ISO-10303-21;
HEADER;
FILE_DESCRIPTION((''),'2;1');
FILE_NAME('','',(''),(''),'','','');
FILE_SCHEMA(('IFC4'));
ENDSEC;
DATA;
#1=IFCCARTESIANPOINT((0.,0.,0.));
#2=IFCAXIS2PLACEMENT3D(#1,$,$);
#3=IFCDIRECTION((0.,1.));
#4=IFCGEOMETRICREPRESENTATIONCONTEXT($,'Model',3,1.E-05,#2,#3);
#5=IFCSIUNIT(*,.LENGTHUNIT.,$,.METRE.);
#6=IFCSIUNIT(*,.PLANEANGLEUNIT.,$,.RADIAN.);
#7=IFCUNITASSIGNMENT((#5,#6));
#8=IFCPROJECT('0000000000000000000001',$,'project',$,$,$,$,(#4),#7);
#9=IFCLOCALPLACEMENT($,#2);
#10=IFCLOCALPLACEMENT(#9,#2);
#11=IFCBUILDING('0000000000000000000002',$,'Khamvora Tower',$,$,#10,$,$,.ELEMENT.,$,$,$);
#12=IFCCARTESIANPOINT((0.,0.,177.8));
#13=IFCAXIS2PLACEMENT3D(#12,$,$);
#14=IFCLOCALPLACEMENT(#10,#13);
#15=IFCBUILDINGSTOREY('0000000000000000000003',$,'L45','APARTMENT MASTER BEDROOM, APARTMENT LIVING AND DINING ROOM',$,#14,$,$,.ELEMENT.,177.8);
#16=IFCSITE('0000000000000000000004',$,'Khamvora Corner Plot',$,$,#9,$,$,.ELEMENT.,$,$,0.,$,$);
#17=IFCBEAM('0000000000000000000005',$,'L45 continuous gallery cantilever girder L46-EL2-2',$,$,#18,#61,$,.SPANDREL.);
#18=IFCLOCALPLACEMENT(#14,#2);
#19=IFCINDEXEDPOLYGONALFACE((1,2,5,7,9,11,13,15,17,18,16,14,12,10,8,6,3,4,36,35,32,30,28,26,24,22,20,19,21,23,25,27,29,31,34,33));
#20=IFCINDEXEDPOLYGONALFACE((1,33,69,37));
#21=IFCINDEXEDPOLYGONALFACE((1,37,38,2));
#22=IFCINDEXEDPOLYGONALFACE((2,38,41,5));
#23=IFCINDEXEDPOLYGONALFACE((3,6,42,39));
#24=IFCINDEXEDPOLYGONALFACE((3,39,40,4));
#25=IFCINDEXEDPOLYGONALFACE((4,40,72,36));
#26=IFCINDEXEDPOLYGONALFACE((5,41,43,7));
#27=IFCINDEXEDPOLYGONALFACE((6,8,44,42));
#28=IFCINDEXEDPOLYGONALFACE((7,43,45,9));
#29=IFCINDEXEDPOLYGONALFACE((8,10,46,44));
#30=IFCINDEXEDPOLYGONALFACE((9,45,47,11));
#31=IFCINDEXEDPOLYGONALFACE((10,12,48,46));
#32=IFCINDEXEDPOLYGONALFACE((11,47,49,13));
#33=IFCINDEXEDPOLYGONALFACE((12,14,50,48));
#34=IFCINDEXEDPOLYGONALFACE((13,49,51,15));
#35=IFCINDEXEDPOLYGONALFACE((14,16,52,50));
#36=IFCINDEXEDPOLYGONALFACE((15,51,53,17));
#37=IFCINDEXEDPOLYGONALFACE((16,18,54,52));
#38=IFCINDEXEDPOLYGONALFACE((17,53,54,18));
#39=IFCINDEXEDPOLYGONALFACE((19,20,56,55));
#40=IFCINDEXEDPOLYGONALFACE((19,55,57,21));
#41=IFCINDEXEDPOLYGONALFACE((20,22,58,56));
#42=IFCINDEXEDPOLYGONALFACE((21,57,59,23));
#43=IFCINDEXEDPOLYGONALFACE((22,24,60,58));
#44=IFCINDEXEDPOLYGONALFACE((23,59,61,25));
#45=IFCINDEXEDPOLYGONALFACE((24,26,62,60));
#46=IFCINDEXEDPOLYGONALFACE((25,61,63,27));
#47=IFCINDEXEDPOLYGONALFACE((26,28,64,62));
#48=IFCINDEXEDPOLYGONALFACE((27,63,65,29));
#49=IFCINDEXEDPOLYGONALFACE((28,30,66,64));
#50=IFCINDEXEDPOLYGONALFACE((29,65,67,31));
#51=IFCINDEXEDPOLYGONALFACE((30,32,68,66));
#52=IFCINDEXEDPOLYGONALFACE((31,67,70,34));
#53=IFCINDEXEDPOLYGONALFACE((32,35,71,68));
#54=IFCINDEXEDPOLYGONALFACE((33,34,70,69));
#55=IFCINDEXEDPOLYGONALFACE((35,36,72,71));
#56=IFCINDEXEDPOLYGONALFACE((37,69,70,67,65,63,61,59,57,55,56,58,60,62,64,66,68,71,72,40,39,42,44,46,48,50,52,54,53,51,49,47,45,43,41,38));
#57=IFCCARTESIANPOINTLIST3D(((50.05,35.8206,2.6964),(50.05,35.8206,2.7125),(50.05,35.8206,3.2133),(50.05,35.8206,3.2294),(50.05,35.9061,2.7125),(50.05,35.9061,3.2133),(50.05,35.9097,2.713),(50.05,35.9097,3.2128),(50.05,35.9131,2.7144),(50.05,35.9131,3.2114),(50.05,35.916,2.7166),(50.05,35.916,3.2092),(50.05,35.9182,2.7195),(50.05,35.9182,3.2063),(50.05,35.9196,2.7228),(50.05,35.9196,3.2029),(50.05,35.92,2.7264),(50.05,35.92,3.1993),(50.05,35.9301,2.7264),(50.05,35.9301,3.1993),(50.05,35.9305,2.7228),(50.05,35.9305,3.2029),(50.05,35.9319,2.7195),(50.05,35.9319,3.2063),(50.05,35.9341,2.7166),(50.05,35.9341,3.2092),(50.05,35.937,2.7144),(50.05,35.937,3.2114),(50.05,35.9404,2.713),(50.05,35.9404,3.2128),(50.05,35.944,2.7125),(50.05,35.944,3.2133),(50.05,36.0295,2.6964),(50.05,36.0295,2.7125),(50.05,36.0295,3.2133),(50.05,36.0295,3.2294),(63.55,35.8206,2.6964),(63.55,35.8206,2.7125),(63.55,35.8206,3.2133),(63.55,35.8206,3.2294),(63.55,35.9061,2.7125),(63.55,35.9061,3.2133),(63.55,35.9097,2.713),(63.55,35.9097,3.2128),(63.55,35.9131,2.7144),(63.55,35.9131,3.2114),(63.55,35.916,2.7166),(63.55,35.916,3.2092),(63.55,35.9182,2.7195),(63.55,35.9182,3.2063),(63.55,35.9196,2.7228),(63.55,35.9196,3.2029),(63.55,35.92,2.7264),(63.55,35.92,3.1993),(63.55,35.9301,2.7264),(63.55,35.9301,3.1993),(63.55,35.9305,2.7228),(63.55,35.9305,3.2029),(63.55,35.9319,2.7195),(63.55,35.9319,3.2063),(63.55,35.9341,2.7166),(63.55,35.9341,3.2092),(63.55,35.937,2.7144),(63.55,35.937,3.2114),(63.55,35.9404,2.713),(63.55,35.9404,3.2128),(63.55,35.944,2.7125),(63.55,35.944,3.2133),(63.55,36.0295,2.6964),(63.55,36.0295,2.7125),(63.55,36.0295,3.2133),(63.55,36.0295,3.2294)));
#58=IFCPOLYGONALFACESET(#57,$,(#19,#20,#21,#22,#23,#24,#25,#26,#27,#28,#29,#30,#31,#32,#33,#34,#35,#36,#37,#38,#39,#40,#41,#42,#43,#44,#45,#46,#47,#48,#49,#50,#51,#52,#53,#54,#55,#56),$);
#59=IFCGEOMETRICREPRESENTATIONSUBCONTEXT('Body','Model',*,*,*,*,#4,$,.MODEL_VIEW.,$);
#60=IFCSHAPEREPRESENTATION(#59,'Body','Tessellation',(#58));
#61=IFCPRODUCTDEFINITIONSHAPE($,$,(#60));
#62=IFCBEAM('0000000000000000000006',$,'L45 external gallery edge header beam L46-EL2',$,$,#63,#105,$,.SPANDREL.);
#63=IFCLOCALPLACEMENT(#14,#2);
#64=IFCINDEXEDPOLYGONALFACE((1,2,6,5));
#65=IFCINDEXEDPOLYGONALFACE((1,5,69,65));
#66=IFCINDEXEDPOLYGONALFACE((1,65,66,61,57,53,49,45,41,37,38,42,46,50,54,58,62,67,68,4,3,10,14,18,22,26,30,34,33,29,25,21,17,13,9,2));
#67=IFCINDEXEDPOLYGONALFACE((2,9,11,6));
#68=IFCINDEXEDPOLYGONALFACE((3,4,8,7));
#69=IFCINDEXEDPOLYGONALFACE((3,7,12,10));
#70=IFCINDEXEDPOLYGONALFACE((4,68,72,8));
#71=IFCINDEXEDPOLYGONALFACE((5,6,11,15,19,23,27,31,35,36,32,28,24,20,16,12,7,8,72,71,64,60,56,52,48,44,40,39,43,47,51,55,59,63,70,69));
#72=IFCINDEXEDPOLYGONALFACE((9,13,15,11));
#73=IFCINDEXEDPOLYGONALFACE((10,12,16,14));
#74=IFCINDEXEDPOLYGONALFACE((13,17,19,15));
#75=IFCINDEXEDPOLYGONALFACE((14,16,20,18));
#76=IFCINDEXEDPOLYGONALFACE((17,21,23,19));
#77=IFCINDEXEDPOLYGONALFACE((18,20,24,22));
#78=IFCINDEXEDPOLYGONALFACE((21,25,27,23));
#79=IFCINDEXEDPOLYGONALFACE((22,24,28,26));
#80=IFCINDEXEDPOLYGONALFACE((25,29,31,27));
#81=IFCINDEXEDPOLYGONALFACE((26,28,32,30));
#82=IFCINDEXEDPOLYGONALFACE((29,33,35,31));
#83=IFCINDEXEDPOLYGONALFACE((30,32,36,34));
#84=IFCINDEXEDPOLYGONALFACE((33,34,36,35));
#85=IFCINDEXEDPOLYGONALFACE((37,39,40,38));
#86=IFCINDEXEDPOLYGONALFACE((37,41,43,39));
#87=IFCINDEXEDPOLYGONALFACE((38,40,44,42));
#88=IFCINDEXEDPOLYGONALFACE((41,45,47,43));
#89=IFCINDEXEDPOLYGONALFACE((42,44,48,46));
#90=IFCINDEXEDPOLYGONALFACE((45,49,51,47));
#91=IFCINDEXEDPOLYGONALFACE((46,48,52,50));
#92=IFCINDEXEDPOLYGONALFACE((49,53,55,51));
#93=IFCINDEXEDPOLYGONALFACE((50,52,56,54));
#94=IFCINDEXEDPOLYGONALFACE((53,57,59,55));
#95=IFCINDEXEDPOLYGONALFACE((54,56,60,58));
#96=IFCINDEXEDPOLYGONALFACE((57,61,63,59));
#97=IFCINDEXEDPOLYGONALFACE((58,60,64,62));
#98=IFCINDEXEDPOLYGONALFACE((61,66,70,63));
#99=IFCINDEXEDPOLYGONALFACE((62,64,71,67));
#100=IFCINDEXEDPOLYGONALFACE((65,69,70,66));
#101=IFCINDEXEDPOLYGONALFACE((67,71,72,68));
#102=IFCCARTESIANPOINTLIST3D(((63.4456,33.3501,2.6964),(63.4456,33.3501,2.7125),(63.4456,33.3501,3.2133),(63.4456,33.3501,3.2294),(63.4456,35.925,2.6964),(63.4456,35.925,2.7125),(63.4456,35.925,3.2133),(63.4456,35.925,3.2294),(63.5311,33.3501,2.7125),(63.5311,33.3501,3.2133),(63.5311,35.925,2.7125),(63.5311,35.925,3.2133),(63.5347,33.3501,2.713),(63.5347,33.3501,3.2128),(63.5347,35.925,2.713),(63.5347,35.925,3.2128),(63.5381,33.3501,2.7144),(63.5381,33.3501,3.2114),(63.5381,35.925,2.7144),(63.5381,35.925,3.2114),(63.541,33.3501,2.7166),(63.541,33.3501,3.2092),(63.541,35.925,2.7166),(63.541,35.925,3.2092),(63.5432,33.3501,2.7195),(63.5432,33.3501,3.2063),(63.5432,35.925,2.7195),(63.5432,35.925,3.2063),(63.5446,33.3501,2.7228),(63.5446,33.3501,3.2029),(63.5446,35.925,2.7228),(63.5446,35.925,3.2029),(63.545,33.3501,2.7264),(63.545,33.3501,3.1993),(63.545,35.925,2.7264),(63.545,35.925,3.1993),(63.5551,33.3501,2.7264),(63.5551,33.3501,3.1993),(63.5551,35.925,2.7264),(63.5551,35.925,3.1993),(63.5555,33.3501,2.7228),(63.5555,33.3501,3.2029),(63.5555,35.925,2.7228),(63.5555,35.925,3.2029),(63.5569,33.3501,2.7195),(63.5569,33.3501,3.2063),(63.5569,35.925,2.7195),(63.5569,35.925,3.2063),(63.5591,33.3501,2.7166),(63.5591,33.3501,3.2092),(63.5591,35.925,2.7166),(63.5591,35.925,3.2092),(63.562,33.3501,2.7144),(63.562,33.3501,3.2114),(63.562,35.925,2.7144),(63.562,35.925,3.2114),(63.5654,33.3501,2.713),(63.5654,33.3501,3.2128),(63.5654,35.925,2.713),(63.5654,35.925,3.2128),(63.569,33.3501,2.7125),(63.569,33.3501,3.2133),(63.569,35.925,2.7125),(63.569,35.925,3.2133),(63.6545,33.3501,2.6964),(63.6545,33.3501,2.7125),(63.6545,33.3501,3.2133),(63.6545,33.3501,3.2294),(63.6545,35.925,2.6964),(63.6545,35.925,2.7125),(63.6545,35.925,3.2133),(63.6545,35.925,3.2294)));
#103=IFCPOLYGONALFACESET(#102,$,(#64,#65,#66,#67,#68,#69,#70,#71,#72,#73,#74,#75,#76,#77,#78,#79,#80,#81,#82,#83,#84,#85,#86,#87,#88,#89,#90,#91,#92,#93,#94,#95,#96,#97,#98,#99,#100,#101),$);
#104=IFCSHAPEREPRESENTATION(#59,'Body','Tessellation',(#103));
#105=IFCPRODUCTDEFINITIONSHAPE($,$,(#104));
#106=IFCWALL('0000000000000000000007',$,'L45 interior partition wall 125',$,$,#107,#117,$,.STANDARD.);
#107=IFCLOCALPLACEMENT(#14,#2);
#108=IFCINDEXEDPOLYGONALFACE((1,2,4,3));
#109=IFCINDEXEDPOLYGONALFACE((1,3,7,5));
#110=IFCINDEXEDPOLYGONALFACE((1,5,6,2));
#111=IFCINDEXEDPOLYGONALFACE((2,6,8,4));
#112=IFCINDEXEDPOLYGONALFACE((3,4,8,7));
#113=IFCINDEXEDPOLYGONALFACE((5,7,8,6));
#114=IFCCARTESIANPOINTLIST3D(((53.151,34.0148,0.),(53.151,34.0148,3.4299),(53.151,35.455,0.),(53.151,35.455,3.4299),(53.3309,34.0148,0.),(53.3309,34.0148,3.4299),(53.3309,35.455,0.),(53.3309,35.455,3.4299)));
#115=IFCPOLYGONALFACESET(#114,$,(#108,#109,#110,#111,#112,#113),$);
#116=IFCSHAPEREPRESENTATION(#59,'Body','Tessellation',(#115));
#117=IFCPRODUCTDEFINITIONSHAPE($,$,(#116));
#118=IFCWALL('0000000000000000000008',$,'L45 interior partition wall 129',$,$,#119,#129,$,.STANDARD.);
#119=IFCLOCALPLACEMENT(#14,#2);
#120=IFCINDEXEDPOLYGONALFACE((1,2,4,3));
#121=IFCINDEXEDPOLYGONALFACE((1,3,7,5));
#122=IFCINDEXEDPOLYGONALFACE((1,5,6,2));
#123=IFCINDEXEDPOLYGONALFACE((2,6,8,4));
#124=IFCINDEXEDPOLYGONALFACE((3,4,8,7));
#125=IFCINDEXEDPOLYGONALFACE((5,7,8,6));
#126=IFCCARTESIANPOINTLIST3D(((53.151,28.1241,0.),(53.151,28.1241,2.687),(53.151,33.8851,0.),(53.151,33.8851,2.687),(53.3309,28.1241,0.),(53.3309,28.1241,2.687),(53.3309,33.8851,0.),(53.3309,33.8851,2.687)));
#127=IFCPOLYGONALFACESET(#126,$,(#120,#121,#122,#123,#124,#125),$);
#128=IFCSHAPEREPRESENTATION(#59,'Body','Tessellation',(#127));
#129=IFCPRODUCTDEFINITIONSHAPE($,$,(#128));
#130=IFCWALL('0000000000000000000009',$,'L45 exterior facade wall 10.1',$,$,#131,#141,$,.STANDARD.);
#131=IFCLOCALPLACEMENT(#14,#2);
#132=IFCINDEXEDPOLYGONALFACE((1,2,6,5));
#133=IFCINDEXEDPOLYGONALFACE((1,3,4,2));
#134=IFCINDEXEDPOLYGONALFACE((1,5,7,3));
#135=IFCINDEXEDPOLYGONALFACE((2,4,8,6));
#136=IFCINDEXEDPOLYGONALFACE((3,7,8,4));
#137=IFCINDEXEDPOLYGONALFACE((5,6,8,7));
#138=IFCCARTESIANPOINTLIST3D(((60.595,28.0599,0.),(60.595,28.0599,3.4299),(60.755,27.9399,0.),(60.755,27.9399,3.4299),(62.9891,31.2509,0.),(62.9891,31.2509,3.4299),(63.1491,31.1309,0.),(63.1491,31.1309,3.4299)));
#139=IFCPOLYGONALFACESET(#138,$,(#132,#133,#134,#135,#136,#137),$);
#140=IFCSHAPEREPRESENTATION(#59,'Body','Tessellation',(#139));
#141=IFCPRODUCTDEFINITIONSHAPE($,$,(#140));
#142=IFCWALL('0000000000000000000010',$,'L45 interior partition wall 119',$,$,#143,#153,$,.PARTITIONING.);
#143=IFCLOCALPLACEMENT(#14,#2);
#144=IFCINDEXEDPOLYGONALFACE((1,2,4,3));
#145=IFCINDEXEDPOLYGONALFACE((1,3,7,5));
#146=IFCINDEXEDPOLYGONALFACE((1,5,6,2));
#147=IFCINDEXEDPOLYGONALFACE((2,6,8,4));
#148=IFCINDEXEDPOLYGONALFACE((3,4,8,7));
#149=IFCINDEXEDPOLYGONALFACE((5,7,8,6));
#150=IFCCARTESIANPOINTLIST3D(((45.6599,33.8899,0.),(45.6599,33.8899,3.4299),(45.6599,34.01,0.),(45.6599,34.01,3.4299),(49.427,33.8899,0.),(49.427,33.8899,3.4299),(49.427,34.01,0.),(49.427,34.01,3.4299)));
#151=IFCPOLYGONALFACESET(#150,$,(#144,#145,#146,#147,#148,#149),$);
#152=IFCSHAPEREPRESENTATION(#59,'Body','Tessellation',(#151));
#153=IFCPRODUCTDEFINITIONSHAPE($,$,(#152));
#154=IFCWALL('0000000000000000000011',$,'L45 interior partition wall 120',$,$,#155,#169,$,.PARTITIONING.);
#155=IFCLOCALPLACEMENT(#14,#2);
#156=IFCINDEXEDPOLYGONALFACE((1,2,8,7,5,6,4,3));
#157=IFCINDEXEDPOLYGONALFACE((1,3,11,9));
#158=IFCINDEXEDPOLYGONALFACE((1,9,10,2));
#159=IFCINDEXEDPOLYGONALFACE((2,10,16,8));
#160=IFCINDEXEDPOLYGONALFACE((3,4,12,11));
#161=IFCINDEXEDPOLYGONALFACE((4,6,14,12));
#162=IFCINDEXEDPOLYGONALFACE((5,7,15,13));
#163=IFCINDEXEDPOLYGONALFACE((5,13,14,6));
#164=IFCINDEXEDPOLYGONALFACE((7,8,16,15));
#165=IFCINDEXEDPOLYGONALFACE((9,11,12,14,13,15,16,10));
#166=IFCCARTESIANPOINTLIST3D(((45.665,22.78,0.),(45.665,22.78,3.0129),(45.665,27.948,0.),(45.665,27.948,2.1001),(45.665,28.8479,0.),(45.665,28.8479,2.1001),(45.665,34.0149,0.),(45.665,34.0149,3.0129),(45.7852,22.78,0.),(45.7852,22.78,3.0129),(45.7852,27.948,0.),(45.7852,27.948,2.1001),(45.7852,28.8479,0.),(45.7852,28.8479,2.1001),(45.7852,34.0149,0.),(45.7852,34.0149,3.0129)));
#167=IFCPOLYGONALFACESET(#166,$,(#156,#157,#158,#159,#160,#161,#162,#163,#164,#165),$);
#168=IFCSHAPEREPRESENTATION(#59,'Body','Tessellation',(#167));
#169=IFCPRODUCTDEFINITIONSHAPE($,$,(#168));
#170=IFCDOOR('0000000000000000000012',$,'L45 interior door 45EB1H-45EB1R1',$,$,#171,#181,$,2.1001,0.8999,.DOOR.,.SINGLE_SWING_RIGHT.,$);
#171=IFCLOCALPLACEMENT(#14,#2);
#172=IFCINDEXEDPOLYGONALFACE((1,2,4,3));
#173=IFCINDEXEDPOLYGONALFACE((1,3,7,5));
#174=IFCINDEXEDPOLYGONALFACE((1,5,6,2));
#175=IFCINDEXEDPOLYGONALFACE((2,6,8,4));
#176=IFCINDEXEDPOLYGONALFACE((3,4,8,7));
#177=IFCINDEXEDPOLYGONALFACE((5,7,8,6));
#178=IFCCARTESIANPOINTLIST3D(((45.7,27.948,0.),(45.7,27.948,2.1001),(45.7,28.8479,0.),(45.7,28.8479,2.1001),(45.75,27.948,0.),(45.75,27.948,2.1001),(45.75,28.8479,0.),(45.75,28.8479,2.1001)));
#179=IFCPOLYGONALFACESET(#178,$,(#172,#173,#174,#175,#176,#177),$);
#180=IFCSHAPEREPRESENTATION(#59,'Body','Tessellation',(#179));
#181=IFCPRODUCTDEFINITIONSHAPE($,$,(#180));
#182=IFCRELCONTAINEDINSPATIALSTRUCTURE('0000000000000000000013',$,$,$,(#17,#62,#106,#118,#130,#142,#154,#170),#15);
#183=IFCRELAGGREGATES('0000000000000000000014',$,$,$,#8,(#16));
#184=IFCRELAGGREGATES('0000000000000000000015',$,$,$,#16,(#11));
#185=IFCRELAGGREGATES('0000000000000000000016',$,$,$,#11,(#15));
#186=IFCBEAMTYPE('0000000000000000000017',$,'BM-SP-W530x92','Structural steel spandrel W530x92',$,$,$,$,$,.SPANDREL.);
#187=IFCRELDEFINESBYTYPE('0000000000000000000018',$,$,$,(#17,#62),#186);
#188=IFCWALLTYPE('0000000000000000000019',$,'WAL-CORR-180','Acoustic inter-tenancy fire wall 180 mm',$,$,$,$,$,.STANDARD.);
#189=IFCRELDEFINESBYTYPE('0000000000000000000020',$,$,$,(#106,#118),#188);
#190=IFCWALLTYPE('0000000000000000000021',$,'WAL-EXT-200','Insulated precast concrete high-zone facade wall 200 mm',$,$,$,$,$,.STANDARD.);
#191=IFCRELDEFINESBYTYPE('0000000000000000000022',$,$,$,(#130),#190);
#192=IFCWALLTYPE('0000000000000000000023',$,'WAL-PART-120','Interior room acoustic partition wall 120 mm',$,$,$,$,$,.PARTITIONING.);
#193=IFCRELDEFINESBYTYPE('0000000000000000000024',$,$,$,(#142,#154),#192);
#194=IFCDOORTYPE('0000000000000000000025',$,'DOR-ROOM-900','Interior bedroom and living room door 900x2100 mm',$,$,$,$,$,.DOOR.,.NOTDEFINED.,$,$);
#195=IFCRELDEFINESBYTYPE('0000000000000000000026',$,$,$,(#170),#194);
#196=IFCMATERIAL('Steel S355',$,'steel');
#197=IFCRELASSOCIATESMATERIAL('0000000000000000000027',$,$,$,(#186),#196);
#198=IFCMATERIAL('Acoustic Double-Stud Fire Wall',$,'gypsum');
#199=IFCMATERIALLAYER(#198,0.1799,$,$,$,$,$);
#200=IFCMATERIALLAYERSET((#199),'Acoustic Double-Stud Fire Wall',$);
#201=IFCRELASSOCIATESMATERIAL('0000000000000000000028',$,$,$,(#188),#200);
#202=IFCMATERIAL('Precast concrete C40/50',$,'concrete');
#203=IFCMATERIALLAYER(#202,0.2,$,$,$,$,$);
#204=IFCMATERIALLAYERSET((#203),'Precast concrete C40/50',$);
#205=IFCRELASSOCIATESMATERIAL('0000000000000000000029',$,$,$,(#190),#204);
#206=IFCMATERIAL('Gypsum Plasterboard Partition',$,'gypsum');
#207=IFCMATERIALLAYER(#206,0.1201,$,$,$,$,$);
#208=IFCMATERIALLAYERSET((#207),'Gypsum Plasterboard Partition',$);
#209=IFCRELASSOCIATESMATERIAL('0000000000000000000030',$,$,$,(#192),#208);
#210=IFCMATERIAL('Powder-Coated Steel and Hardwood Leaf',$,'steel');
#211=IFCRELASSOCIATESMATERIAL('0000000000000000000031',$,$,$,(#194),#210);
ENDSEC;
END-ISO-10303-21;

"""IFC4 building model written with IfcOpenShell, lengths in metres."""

from ifc_helpers import new_model, si_unit, direction, frame, frame_2d, origin, origin_2d, place, context, subcontext, project, spatial, rectangle, i_section, extrude, material, layer, layer_set, material_profile, profile_set, type_object, element, fill, save


model = new_model("IFC4")

# Units and contexts
model_context = context("Model", 3, precision=1e-05, world=origin(), true_north=direction((0.0, 1.0)))
body_context = subcontext(model_context, "Body", "Model", "MODEL_VIEW")
ifc_project = project(units=[si_unit("LENGTHUNIT", "METRE"), si_unit("PLANEANGLEUNIT", "RADIAN")], contexts=[model_context])

# Site, building, storey
site_placement = place(None, origin())
site = spatial("IfcSite", under=ifc_project, at=site_placement, Name="Khamvora Corner Plot", CompositionType="ELEMENT", RefElevation=0.0)
building_placement = place(site_placement, origin())
building = spatial("IfcBuilding", under=site, at=building_placement, Name="Khamvora Tower", CompositionType="ELEMENT")
storey_placement = place(building_placement, frame((0.0, 0.0, 177.8)))
storey = spatial("IfcBuildingStorey", under=building, at=storey_placement, Name="L45", Description="APARTMENT MASTER BEDROOM, APARTMENT LIVING AND DINING ROOM", CompositionType="ELEMENT", Elevation=177.8)

# Shared definitions
ifc_material_1 = material(Name="Steel S355", Category="steel")

# Beams
ifc_material_profile_1 = material_profile(ifc_material_1, i_section(OverallWidth=0.209, OverallDepth=0.533, WebThickness=0.01, FlangeThickness=0.0161, FilletRadius=0.0139, at=origin_2d()), Name="W530x92")
ifc_profile_set_1 = profile_set([ifc_material_profile_1], Name="Steel S355")
beam_type_1 = type_object("IfcBeamType", Name="BM-SP-W530x92", Description="Structural steel spandrel W530x92", PredefinedType="SPANDREL", material=ifc_profile_set_1)
for number, where, z_axis, x_axis, name in (
    (1, (50.05, 35.925, 2.9629), (1.0, 0.0, 0.0), (0.0, 1.0, 0.0), "L45 continuous gallery cantilever girder L46-EL2-2"),
):
    element("IfcBeam", number, at=place(storey_placement, frame(where, z_axis=z_axis, x_axis=x_axis)), inside=storey, type_object=beam_type_1, Name=name, PredefinedType="SPANDREL", context=body_context, shape_type="SweptSolid", body=[
        extrude(i_section(OverallWidth=0.209, OverallDepth=0.533, WebThickness=0.01, FlangeThickness=0.0161, FilletRadius=0.0139, at=origin_2d()), origin(), (0.0, 0.0, 1.0), 13.5),
    ])
beam_1_placement = place(storey_placement, frame((63.55, 33.3501, 2.9629), z_axis=(0.0, 1.0, 0.0), x_axis=(-1.0, 0.0, 0.0)))
element("IfcBeam", 2, at=beam_1_placement, inside=storey, type_object=beam_type_1, Name="L45 external gallery edge header beam L46-EL2", PredefinedType="SPANDREL", context=body_context, shape_type="SweptSolid", body=[
    extrude(i_section(OverallWidth=0.209, OverallDepth=0.533, WebThickness=0.01, FlangeThickness=0.0161, FilletRadius=0.0139, at=origin_2d()), origin(), (0.0, 0.0, 1.0), 2.575),
])

# Walls
ifc_material_2 = material(Name="Acoustic Double-Stud Fire Wall", Category="gypsum")
ifc_layer_1 = layer(ifc_material_2, 0.1799)
ifc_layer_set_1 = layer_set([ifc_layer_1], Name="Acoustic Double-Stud Fire Wall")
wall_type_1 = type_object("IfcWallType", Name="WAL-CORR-180", Description="Acoustic inter-tenancy fire wall 180 mm", PredefinedType="STANDARD", material=ifc_layer_set_1)
wall_1_placement = place(storey_placement, frame((53.241, 35.4551, 0.0), z_axis=(0.0, 0.0, 1.0), x_axis=(0.0, -1.0, 0.0)))
element("IfcWall", 3, at=wall_1_placement, inside=storey, type_object=wall_type_1, Name="L45 interior partition wall 125", PredefinedType="STANDARD", context=body_context, shape_type="SweptSolid", body=[
    extrude(rectangle(XDim=1.4402, YDim=0.1799, at=frame_2d((0.7202, 0.0))), origin(), (0.0, 0.0, 1.0), 3.4299),
])
wall_2_placement = place(storey_placement, frame((53.241, 33.885, 0.0), z_axis=(0.0, 0.0, 1.0), x_axis=(0.0, -1.0, 0.0)))
element("IfcWall", 4, at=wall_2_placement, inside=storey, type_object=wall_type_1, Name="L45 interior partition wall 129", PredefinedType="STANDARD", context=body_context, shape_type="SweptSolid", body=[
    extrude(rectangle(XDim=5.761, YDim=0.1799, at=frame_2d((2.8804, 0.0))), origin(), (0.0, 0.0, 1.0), 2.687),
])
ifc_material_3 = material(Name="Precast concrete C40/50", Category="concrete")
ifc_layer_2 = layer(ifc_material_3, 0.2)
ifc_layer_set_2 = layer_set([ifc_layer_2], Name="Precast concrete C40/50")
wall_type_2 = type_object("IfcWallType", Name="WAL-EXT-200", Description="Insulated precast concrete high-zone facade wall 200 mm", PredefinedType="STANDARD", material=ifc_layer_set_2)
wall_3_placement = place(storey_placement, frame((63.0691, 31.1909, 0.0), z_axis=(0.0, 0.0, 1.0), x_axis=(-0.600137, -0.799897, 0.0)))
element("IfcWall", 5, at=wall_3_placement, inside=storey, type_object=wall_type_2, Name="L45 exterior facade wall 10.1", PredefinedType="STANDARD", context=body_context, shape_type="SweptSolid", body=[
    extrude(rectangle(XDim=3.9893, YDim=0.2, at=frame_2d((1.9946, 0.0))), origin(), (0.0, 0.0, 1.0), 3.4299),
])
ifc_material_4 = material(Name="Gypsum Plasterboard Partition", Category="gypsum")
ifc_layer_3 = layer(ifc_material_4, 0.1201)
ifc_layer_set_3 = layer_set([ifc_layer_3], Name="Gypsum Plasterboard Partition")
wall_type_3 = type_object("IfcWallType", Name="WAL-PART-120", Description="Interior room acoustic partition wall 120 mm", PredefinedType="PARTITIONING", material=ifc_layer_set_3)
wall_4_placement = place(storey_placement, frame((49.427, 33.95, 0.0), z_axis=(0.0, 0.0, 1.0), x_axis=(-1.0, 0.0, 0.0)))
element("IfcWall", 6, at=wall_4_placement, inside=storey, type_object=wall_type_3, Name="L45 interior partition wall 119", PredefinedType="PARTITIONING", context=body_context, shape_type="SweptSolid", body=[
    extrude(rectangle(XDim=3.7671, YDim=0.1201, at=frame_2d((1.8835, 0.0))), origin(), (0.0, 0.0, 1.0), 3.4299),
])

# Wall, opening, door
wall_5_placement = place(storey_placement, frame((45.7251, 34.0149, 0.0), z_axis=(0.0, 0.0, 1.0), x_axis=(0.0, -1.0, 0.0)))
wall_5 = element("IfcWall", 7, at=wall_5_placement, inside=storey, type_object=wall_type_3, Name="L45 interior partition wall 120", PredefinedType="PARTITIONING", context=body_context, shape_type="SweptSolid", body=[
    extrude(rectangle(XDim=11.2349, YDim=0.1201, at=frame_2d((5.6174, 0.0))), origin(), (0.0, 0.0, 1.0), 3.0129),
])
opening_1_placement = place(wall_5_placement, frame((5.167, 0.0, 0.0)))
opening_1 = element("IfcOpeningElement", 8, at=opening_1_placement, cuts=wall_5, PredefinedType="OPENING", context=body_context, shape_type="SweptSolid", body=[
    extrude(rectangle(XDim=0.8999, YDim=2.1001, at=frame_2d((0.45, 1.05))), frame((0.0, 0.0701, 0.0), z_axis=(0.0, -1.0, 0.0), x_axis=(1.0, 0.0, 0.0)), (0.0, 0.0, 1.0), 0.1401),
])
ifc_material_5 = material(Name="Powder-Coated Steel and Hardwood Leaf", Category="steel")
door_type = type_object("IfcDoorType", Name="DOR-ROOM-900", Description="Interior bedroom and living room door 900x2100 mm", OperationType="NOTDEFINED", PredefinedType="DOOR", material=ifc_material_5)
door_1_placement = place(opening_1_placement, origin())
door_1 = element("IfcDoor", 9, at=door_1_placement, inside=storey, type_object=door_type, Name="L45 interior door 45EB1H-45EB1R1", OperationType="SINGLE_SWING_RIGHT", OverallHeight=2.1001, OverallWidth=0.8999, PredefinedType="DOOR", context=body_context, shape_type="SweptSolid", body=[
    extrude(rectangle(XDim=0.8999, YDim=2.1001, at=frame_2d((0.45, 1.05))), frame((0.0, 0.0249, 0.0), z_axis=(0.0, -1.0, 0.0), x_axis=(1.0, 0.0, 0.0)), (0.0, 0.0, 1.0), 0.05),
])
fill(opening_1, door_1)

save(model, "model.ifc")
